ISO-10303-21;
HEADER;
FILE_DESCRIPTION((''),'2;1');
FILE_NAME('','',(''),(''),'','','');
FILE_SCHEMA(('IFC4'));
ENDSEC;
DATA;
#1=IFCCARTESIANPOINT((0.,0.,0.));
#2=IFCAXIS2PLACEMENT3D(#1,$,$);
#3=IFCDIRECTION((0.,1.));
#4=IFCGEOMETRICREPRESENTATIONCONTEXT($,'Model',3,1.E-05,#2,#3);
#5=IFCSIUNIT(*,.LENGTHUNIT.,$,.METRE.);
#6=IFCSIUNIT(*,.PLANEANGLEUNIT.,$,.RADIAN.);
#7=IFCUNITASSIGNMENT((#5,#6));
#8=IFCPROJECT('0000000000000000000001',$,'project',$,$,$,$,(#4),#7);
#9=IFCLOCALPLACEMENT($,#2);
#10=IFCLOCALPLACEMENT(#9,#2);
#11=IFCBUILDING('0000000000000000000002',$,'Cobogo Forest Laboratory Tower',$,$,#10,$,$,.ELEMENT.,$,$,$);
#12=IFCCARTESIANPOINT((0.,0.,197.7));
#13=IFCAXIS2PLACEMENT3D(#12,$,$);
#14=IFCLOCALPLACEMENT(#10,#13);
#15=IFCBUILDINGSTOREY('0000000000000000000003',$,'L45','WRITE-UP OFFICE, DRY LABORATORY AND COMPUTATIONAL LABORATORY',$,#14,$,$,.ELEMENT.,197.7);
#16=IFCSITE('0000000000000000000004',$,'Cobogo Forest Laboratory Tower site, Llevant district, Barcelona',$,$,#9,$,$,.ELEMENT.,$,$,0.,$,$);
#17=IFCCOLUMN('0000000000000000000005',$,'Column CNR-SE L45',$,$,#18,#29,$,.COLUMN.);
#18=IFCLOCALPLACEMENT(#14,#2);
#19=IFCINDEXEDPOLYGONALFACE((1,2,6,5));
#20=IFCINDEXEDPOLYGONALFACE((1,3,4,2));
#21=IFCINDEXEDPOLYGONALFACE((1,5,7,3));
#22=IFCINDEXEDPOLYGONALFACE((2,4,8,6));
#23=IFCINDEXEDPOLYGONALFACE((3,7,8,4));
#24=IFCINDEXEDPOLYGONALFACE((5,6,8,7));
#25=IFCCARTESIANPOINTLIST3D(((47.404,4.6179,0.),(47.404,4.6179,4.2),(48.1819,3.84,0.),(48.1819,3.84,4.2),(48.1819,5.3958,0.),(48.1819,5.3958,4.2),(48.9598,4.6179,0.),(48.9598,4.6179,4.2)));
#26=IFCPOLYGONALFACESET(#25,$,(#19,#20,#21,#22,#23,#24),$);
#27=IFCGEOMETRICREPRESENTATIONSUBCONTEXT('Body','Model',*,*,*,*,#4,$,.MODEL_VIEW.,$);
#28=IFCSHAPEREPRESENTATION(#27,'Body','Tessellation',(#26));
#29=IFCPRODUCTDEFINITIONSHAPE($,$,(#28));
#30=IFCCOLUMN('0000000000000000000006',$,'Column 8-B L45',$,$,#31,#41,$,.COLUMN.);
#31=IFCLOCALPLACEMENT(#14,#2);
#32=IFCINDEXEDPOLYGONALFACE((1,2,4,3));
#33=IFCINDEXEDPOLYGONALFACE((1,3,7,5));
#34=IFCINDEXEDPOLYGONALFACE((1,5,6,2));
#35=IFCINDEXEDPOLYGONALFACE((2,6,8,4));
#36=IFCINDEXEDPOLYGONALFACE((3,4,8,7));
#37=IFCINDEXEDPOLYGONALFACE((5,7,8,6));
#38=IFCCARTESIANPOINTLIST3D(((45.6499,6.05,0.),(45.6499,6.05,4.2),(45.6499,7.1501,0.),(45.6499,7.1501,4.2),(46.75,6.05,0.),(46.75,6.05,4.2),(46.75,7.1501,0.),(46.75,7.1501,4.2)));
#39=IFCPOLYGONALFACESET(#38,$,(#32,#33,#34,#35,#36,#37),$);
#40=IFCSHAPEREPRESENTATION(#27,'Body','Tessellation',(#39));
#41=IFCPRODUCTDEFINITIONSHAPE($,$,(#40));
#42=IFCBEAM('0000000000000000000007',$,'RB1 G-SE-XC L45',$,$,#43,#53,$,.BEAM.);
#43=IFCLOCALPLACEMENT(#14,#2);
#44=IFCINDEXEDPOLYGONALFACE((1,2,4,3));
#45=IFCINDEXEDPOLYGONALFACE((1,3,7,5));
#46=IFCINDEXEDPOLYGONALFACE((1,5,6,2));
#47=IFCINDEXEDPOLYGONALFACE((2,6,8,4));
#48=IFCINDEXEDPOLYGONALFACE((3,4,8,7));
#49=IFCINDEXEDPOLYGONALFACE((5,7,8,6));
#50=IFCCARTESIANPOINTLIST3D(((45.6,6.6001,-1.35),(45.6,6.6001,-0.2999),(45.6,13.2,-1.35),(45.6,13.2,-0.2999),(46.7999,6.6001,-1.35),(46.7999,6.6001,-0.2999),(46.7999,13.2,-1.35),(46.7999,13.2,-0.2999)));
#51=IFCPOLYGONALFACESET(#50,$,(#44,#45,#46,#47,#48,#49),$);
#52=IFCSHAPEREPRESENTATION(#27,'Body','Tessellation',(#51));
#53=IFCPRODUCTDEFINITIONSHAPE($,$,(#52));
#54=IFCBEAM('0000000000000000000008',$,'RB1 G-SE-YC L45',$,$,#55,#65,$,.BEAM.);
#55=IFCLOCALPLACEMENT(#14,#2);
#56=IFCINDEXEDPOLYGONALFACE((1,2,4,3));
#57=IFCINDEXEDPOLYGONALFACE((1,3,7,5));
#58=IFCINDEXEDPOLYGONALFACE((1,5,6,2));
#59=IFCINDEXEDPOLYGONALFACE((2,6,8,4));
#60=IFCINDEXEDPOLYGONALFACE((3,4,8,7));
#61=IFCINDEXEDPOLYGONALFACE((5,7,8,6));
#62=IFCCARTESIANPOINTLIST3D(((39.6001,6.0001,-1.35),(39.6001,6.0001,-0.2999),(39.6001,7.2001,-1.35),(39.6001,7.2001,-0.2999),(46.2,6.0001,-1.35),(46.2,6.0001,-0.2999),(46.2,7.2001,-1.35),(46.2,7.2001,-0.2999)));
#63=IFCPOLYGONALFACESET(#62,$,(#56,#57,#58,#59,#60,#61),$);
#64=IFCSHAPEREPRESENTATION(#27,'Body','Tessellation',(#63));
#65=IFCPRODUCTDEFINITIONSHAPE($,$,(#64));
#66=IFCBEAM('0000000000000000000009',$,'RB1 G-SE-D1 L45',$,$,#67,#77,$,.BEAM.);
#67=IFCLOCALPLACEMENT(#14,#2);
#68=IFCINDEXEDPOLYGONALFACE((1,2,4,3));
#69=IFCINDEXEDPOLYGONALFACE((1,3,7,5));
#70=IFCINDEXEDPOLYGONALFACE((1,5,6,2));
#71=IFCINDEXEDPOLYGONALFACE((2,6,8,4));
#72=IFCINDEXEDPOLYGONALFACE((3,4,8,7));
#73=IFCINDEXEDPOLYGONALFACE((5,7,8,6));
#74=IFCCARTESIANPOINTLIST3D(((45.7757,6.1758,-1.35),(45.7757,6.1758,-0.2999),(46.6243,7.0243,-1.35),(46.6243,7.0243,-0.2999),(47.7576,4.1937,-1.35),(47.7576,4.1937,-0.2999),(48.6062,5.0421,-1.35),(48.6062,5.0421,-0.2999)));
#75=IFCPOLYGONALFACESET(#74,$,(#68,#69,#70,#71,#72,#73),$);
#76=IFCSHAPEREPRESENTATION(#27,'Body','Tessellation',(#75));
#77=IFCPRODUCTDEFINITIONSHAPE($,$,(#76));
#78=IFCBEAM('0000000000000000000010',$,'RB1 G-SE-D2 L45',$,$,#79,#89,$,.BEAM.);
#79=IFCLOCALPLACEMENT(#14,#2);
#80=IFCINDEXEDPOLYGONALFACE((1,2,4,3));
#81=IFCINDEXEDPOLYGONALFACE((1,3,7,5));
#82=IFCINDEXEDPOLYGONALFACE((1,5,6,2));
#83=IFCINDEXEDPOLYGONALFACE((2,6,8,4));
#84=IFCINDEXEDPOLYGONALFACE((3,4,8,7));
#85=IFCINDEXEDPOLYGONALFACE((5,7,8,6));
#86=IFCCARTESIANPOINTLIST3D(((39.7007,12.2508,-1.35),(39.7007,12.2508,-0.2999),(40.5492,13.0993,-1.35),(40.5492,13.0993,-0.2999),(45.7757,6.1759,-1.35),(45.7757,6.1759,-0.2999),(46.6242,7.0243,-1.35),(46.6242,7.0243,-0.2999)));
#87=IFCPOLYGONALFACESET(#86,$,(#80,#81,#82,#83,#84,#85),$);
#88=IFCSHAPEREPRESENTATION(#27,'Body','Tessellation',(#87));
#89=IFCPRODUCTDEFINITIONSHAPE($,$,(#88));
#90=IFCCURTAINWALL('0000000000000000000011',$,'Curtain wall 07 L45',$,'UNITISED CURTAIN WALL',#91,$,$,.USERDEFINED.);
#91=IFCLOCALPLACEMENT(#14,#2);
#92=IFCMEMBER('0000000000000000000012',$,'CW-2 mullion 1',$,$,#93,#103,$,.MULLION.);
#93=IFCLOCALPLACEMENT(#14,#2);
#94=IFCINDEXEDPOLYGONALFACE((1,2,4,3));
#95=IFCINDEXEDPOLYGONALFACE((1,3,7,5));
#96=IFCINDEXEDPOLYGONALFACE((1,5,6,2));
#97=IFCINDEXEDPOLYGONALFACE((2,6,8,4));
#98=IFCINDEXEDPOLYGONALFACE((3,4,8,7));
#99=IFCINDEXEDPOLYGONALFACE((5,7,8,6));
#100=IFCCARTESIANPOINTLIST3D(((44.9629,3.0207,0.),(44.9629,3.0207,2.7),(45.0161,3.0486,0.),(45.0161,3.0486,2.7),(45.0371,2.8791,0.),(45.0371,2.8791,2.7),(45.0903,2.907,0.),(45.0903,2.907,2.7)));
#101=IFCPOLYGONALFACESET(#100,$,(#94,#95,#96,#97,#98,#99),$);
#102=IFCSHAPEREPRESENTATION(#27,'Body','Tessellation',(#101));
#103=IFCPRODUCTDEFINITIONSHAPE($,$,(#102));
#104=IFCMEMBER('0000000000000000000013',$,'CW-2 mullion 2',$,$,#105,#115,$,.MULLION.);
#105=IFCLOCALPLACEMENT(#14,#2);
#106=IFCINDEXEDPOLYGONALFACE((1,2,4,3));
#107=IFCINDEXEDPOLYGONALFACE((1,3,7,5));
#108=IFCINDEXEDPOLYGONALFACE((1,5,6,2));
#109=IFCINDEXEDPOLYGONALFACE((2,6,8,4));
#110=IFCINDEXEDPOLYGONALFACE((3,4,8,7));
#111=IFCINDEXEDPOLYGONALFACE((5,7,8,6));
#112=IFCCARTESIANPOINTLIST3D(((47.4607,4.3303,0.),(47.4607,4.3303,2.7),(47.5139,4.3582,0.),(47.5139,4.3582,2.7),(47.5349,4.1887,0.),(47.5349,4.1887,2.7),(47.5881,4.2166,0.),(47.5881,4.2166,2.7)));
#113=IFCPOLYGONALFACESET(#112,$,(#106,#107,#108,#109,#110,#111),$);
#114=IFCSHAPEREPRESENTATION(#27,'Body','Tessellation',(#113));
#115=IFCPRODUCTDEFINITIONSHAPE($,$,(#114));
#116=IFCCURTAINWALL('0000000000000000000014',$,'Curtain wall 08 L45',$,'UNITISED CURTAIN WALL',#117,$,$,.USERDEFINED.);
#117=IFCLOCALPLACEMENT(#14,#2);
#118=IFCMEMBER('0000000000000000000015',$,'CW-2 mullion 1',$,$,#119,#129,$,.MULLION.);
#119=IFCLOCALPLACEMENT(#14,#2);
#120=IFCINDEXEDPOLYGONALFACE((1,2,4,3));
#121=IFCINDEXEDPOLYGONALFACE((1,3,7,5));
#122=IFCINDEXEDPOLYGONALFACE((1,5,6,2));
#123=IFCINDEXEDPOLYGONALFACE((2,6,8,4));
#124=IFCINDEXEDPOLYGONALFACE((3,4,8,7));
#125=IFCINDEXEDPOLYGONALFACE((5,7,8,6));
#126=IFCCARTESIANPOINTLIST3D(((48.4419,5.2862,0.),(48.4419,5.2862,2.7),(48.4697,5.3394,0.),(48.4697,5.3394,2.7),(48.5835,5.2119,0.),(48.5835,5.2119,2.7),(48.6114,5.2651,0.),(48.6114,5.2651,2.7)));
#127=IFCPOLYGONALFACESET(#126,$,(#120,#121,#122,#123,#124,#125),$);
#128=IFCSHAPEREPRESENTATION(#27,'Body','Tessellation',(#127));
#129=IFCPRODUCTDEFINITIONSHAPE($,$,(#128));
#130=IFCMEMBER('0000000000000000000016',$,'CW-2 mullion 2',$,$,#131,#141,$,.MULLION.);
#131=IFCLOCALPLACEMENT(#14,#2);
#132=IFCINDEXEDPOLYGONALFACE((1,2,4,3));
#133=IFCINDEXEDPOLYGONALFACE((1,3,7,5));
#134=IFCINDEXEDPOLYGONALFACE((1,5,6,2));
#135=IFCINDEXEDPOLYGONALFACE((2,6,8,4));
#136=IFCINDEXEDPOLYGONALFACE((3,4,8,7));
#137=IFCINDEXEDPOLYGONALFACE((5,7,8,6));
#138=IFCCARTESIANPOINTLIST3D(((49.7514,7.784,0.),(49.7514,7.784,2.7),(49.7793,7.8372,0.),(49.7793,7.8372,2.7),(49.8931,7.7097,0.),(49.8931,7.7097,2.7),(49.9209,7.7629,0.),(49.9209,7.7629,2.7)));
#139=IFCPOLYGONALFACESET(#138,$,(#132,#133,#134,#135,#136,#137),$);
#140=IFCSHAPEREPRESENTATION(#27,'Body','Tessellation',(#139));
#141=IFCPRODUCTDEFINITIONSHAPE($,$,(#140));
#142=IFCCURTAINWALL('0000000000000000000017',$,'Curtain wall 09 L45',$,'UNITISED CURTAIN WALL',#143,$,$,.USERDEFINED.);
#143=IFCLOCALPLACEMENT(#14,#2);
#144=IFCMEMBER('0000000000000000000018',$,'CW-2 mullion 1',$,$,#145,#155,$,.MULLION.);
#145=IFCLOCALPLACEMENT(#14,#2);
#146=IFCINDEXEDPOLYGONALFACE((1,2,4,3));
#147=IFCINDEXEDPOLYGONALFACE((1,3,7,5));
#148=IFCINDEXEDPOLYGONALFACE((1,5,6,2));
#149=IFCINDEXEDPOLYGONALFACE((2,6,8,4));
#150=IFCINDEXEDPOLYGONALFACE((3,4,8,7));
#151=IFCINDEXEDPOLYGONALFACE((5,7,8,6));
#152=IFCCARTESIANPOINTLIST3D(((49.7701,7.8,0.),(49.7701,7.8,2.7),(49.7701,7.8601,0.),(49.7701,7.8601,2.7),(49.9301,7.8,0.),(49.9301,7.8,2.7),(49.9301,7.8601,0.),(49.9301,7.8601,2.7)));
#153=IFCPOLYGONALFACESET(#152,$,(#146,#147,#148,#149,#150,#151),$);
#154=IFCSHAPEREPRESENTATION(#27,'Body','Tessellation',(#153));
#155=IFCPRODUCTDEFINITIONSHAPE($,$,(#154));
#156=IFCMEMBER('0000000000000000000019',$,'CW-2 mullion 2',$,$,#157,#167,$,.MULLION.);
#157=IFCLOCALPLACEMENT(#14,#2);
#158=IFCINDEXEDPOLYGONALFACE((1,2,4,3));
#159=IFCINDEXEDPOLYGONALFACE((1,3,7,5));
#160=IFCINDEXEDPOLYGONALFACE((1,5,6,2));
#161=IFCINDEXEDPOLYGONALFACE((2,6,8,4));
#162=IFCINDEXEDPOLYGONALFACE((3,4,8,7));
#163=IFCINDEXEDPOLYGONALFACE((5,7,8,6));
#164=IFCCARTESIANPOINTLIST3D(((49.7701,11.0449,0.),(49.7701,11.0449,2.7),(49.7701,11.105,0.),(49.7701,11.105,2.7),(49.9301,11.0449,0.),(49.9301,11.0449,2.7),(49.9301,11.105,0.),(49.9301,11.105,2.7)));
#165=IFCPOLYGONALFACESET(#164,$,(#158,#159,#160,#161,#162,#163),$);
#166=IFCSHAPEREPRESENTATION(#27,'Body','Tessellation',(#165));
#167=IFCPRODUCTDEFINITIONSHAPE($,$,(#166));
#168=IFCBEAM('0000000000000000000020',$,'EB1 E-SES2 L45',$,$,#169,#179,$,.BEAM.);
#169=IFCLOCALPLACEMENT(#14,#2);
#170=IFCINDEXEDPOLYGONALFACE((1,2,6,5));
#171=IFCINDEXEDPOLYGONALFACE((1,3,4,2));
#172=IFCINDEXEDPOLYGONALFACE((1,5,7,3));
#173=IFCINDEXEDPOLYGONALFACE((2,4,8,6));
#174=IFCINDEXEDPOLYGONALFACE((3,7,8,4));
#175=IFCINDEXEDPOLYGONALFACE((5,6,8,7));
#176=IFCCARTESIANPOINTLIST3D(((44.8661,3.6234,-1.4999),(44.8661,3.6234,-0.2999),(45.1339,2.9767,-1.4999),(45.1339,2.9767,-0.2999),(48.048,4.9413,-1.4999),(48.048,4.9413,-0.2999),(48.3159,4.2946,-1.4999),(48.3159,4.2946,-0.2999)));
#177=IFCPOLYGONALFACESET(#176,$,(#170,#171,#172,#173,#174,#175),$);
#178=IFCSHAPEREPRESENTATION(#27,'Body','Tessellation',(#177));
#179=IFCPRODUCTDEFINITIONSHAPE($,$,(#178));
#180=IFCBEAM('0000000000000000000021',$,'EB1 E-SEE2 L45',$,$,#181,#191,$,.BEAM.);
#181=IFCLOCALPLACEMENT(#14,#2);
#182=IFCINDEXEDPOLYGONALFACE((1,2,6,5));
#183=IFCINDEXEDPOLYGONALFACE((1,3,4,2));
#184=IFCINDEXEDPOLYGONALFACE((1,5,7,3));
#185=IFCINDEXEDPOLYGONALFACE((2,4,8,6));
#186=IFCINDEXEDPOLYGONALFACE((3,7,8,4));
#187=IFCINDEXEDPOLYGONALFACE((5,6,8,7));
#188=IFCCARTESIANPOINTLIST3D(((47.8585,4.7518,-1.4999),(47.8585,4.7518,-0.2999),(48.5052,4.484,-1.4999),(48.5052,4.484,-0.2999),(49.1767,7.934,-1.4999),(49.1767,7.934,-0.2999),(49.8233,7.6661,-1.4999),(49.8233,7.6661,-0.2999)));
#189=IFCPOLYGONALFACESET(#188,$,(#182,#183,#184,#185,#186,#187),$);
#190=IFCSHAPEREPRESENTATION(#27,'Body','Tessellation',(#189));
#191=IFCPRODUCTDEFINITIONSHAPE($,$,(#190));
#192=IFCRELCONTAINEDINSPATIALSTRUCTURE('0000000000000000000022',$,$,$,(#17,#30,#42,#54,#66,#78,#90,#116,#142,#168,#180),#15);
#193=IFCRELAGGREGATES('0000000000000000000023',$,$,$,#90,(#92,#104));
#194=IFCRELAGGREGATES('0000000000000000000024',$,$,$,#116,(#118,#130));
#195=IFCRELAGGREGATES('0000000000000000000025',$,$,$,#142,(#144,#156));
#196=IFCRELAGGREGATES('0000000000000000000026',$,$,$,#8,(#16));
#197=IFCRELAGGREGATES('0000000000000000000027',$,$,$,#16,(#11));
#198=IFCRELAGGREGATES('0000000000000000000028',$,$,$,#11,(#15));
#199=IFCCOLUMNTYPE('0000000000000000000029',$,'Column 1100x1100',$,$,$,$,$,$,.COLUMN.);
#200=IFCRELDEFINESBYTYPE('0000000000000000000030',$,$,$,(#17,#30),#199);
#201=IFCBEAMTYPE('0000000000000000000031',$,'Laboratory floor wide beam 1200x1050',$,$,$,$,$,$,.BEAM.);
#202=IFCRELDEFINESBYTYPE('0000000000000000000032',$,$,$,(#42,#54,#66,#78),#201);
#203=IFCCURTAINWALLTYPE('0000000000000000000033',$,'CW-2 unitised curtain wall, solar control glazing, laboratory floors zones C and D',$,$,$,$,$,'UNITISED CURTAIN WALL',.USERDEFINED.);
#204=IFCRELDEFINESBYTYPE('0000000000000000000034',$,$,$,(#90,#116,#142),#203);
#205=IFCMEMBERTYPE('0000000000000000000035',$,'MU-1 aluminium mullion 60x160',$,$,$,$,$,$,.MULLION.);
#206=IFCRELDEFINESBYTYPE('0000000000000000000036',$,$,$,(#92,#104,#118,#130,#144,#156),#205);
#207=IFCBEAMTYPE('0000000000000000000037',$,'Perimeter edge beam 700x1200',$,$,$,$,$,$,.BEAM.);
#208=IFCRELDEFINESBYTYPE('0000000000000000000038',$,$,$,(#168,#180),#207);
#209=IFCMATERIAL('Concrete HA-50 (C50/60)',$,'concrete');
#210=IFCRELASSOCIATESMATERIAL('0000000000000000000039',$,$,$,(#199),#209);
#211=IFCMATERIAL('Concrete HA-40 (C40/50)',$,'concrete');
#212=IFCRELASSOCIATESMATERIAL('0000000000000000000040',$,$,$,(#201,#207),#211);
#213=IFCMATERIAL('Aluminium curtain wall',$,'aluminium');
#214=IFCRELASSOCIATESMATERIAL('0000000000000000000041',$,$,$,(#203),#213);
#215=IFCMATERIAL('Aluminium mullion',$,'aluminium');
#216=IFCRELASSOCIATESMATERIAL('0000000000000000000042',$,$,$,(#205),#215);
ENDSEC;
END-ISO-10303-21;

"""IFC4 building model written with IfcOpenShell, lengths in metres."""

from ifc_helpers import new_model, si_unit, direction, frame, origin, origin_2d, place, context, subcontext, project, spatial, rectangle, extrude, material, material_profile, profile_set, type_object, element, aggregate, save


model = new_model("IFC4")

# Units and contexts
model_context = context("Model", 3, precision=1e-05, world=origin(), true_north=direction((0.0, 1.0)))
body_context = subcontext(model_context, "Body", "Model", "MODEL_VIEW")
ifc_project = project(units=[si_unit("LENGTHUNIT", "METRE"), si_unit("PLANEANGLEUNIT", "RADIAN")], contexts=[model_context])

# Site, building, storey
site_placement = place(None, origin())
site = spatial("IfcSite", under=ifc_project, at=site_placement, Name="Cobogo Forest Laboratory Tower site, Llevant district, Barcelona", CompositionType="ELEMENT", RefElevation=0.0)
building_placement = place(site_placement, origin())
building = spatial("IfcBuilding", under=site, at=building_placement, Name="Cobogo Forest Laboratory Tower", CompositionType="ELEMENT")
storey_placement = place(building_placement, frame((0.0, 0.0, 197.7)))
storey = spatial("IfcBuildingStorey", under=building, at=storey_placement, Name="L45", Description="WRITE-UP OFFICE, DRY LABORATORY AND COMPUTATIONAL LABORATORY", CompositionType="ELEMENT", Elevation=197.7)

# Columns
ifc_material_1 = material(Name="Concrete HA-50 (C50/60)", Category="concrete")
ifc_material_profile_1 = material_profile(ifc_material_1, rectangle(XDim=1.1001, YDim=1.1001, at=origin_2d()), Name="RC 1100x1100")
ifc_profile_set_1 = profile_set([ifc_material_profile_1], Name="Concrete HA-50 (C50/60)")
column_type = type_object("IfcColumnType", Name="Column 1100x1100", PredefinedType="COLUMN", material=ifc_profile_set_1)
for number, where, z_axis, x_axis, name in (
    (1, (48.1819, 4.6179, 0.0), (0.0, 0.0, 1.0), (0.707107, 0.707107, 0.0), "Column CNR-SE L45"),
    (2, (46.2, 6.6001, 0.0), (0.0, 0.0, 1.0), (1.0, 0.0, 0.0), "Column 8-B L45"),
):
    element("IfcColumn", number, at=place(storey_placement, frame(where, z_axis=z_axis, x_axis=x_axis)), inside=storey, type_object=column_type, Name=name, PredefinedType="COLUMN", context=body_context, shape_type="SweptSolid", body=[
        extrude(rectangle(XDim=1.1001, YDim=1.1001, at=origin_2d()), origin(), (0.0, 0.0, 1.0), 4.2),
    ])

# Beams
ifc_material_2 = material(Name="Concrete HA-40 (C40/50)", Category="concrete")
ifc_material_profile_2 = material_profile(ifc_material_2, rectangle(XDim=1.2, YDim=1.05, at=origin_2d()), Name="RC 1200x1050")
ifc_profile_set_2 = profile_set([ifc_material_profile_2], Name="Concrete HA-40 (C40/50)")
beam_type_1 = type_object("IfcBeamType", Name="Laboratory floor wide beam 1200x1050", PredefinedType="BEAM", material=ifc_profile_set_2)
for number, where, z_axis, x_axis, name in (
    (3, (46.2, 6.6001, -0.825), (0.0, 1.0, 0.0), (-1.0, 0.0, 0.0), "RB1 G-SE-XC L45"),
    (4, (46.2, 6.6001, -0.825), (-1.0, 0.0, 0.0), (0.0, -1.0, 0.0), "RB1 G-SE-YC L45"),
):
    element("IfcBeam", number, at=place(storey_placement, frame(where, z_axis=z_axis, x_axis=x_axis)), inside=storey, type_object=beam_type_1, Name=name, PredefinedType="BEAM", context=body_context, shape_type="SweptSolid", body=[
        extrude(rectangle(XDim=1.2, YDim=1.05, at=origin_2d()), origin(), (0.0, 0.0, 1.0), 6.5999),
    ])
beam_1_placement = place(storey_placement, frame((48.1819, 4.6179, -0.825), z_axis=(-0.707063, 0.70715, 0.0), x_axis=(-0.70715, -0.707063, 0.0)))
element("IfcBeam", 5, at=beam_1_placement, inside=storey, type_object=beam_type_1, Name="RB1 G-SE-D1 L45", PredefinedType="BEAM", context=body_context, shape_type="SweptSolid", body=[
    extrude(rectangle(XDim=1.2, YDim=1.05, at=origin_2d()), origin(), (0.0, 0.0, 1.0), 2.803),
])
beam_2_placement = place(storey_placement, frame((46.2, 6.6001, -0.825), z_axis=(-0.707107, 0.707107, 0.0), x_axis=(-0.707107, -0.707107, 0.0)))
element("IfcBeam", 6, at=beam_2_placement, inside=storey, type_object=beam_type_1, Name="RB1 G-SE-D2 L45", PredefinedType="BEAM", context=body_context, shape_type="SweptSolid", body=[
    extrude(rectangle(XDim=1.2, YDim=1.05, at=origin_2d()), origin(), (0.0, 0.0, 1.0), 8.5913),
])

# Curtain walls, members
ifc_material_3 = material(Name="Aluminium curtain wall", Category="aluminium")
curtain_wall_type = type_object("IfcCurtainWallType", Name="CW-2 unitised curtain wall, solar control glazing, laboratory floors zones C and D", ElementType="UNITISED CURTAIN WALL", PredefinedType="USERDEFINED", material=ifc_material_3)
curtain_wall_1_placement = place(storey_placement, origin())
curtain_wall_1 = element("IfcCurtainWall", 7, at=curtain_wall_1_placement, inside=storey, type_object=curtain_wall_type, Name="Curtain wall 07 L45", ObjectType="UNITISED CURTAIN WALL", PredefinedType="USERDEFINED")
ifc_material_4 = material(Name="Aluminium mullion", Category="aluminium")
ifc_material_profile_3 = material_profile(ifc_material_4, rectangle(XDim=0.0601, YDim=0.1599, at=origin_2d()), Name="AL 60x160")
ifc_profile_set_3 = profile_set([ifc_material_profile_3], Name="Aluminium mullion")
member_type_1 = type_object("IfcMemberType", Name="MU-1 aluminium mullion 60x160", PredefinedType="MULLION", material=ifc_profile_set_3)
member_1_placement = place(storey_placement, frame((45.0266, 2.9639, 0.0), z_axis=(0.0, 0.0, 1.0), x_axis=(0.885686, 0.464284, 0.0)))
member_1 = element("IfcMember", 8, at=member_1_placement, type_object=member_type_1, Name="CW-2 mullion 1", PredefinedType="MULLION", context=body_context, shape_type="SweptSolid", body=[
    extrude(rectangle(XDim=0.0601, YDim=0.1599, at=origin_2d()), origin(), (0.0, 0.0, 1.0), 2.7),
])
member_2_placement = place(storey_placement, frame((47.5244, 4.2734, 0.0), z_axis=(0.0, 0.0, 1.0), x_axis=(0.885686, 0.464284, 0.0)))
member_2 = element("IfcMember", 9, at=member_2_placement, type_object=member_type_1, Name="CW-2 mullion 2", PredefinedType="MULLION", context=body_context, shape_type="SweptSolid", body=[
    extrude(rectangle(XDim=0.0601, YDim=0.1599, at=origin_2d()), origin(), (0.0, 0.0, 1.0), 2.7),
])
curtain_wall_2_placement = place(storey_placement, origin())
curtain_wall_2 = element("IfcCurtainWall", 10, at=curtain_wall_2_placement, inside=storey, type_object=curtain_wall_type, Name="Curtain wall 08 L45", ObjectType="UNITISED CURTAIN WALL", PredefinedType="USERDEFINED")
member_3_placement = place(storey_placement, frame((48.5266, 5.2756, 0.0), z_axis=(0.0, 0.0, 1.0), x_axis=(0.464284, 0.885686, 0.0)))
member_3 = element("IfcMember", 11, at=member_3_placement, type_object=member_type_1, Name="CW-2 mullion 1", PredefinedType="MULLION", context=body_context, shape_type="SweptSolid", body=[
    extrude(rectangle(XDim=0.0601, YDim=0.1599, at=origin_2d()), origin(), (0.0, 0.0, 1.0), 2.7),
])
member_4_placement = place(storey_placement, frame((49.8362, 7.7734, 0.0), z_axis=(0.0, 0.0, 1.0), x_axis=(0.464284, 0.885686, 0.0)))
member_4 = element("IfcMember", 12, at=member_4_placement, type_object=member_type_1, Name="CW-2 mullion 2", PredefinedType="MULLION", context=body_context, shape_type="SweptSolid", body=[
    extrude(rectangle(XDim=0.0601, YDim=0.1599, at=origin_2d()), origin(), (0.0, 0.0, 1.0), 2.7),
])
curtain_wall_3_placement = place(storey_placement, origin())
curtain_wall_3 = element("IfcCurtainWall", 13, at=curtain_wall_3_placement, inside=storey, type_object=curtain_wall_type, Name="Curtain wall 09 L45", ObjectType="UNITISED CURTAIN WALL", PredefinedType="USERDEFINED")
member_5_placement = place(storey_placement, frame((49.8501, 7.8301, 0.0), z_axis=(0.0, 0.0, 1.0), x_axis=(0.0, 1.0, 0.0)))
member_5 = element("IfcMember", 14, at=member_5_placement, type_object=member_type_1, Name="CW-2 mullion 1", PredefinedType="MULLION", context=body_context, shape_type="SweptSolid", body=[
    extrude(rectangle(XDim=0.0601, YDim=0.1599, at=origin_2d()), origin(), (0.0, 0.0, 1.0), 2.7),
])
member_6_placement = place(storey_placement, frame((49.8501, 11.075, 0.0), z_axis=(0.0, 0.0, 1.0), x_axis=(0.0, 1.0, 0.0)))
member_6 = element("IfcMember", 15, at=member_6_placement, type_object=member_type_1, Name="CW-2 mullion 2", PredefinedType="MULLION", context=body_context, shape_type="SweptSolid", body=[
    extrude(rectangle(XDim=0.0601, YDim=0.1599, at=origin_2d()), origin(), (0.0, 0.0, 1.0), 2.7),
])

# Beams
ifc_material_profile_4 = material_profile(ifc_material_2, rectangle(XDim=0.7, YDim=1.2, at=origin_2d()), Name="RC 700x1200")
ifc_profile_set_4 = profile_set([ifc_material_profile_4], Name="Concrete HA-40 (C40/50)")
beam_type_2 = type_object("IfcBeamType", Name="Perimeter edge beam 700x1200", PredefinedType="BEAM", material=ifc_profile_set_4)
beam_3_placement = place(storey_placement, frame((45.0, 3.3, -0.8999), z_axis=(0.923891, 0.382656, 0.0), x_axis=(-0.382656, 0.923891, 0.0)))
element("IfcBeam", 16, at=beam_3_placement, inside=storey, type_object=beam_type_2, Name="EB1 E-SES2 L45", PredefinedType="BEAM", context=body_context, shape_type="SweptSolid", body=[
    extrude(rectangle(XDim=0.7, YDim=1.2, at=origin_2d()), origin(), (0.0, 0.0, 1.0), 3.4441),
])
beam_4_placement = place(storey_placement, frame((49.5, 7.8, -0.8999), z_axis=(-0.382692, -0.923876, 0.0), x_axis=(0.923876, -0.382692, 0.0)))
element("IfcBeam", 17, at=beam_4_placement, inside=storey, type_object=beam_type_2, Name="EB1 E-SEE2 L45", PredefinedType="BEAM", context=body_context, shape_type="SweptSolid", body=[
    extrude(rectangle(XDim=0.7, YDim=1.2, at=origin_2d()), origin(), (0.0, 0.0, 1.0), 3.4443),
])

aggregate(curtain_wall_1, [member_1, member_2])
aggregate(curtain_wall_2, [member_3, member_4])
aggregate(curtain_wall_3, [member_5, member_6])

save(model, "model.ifc")
